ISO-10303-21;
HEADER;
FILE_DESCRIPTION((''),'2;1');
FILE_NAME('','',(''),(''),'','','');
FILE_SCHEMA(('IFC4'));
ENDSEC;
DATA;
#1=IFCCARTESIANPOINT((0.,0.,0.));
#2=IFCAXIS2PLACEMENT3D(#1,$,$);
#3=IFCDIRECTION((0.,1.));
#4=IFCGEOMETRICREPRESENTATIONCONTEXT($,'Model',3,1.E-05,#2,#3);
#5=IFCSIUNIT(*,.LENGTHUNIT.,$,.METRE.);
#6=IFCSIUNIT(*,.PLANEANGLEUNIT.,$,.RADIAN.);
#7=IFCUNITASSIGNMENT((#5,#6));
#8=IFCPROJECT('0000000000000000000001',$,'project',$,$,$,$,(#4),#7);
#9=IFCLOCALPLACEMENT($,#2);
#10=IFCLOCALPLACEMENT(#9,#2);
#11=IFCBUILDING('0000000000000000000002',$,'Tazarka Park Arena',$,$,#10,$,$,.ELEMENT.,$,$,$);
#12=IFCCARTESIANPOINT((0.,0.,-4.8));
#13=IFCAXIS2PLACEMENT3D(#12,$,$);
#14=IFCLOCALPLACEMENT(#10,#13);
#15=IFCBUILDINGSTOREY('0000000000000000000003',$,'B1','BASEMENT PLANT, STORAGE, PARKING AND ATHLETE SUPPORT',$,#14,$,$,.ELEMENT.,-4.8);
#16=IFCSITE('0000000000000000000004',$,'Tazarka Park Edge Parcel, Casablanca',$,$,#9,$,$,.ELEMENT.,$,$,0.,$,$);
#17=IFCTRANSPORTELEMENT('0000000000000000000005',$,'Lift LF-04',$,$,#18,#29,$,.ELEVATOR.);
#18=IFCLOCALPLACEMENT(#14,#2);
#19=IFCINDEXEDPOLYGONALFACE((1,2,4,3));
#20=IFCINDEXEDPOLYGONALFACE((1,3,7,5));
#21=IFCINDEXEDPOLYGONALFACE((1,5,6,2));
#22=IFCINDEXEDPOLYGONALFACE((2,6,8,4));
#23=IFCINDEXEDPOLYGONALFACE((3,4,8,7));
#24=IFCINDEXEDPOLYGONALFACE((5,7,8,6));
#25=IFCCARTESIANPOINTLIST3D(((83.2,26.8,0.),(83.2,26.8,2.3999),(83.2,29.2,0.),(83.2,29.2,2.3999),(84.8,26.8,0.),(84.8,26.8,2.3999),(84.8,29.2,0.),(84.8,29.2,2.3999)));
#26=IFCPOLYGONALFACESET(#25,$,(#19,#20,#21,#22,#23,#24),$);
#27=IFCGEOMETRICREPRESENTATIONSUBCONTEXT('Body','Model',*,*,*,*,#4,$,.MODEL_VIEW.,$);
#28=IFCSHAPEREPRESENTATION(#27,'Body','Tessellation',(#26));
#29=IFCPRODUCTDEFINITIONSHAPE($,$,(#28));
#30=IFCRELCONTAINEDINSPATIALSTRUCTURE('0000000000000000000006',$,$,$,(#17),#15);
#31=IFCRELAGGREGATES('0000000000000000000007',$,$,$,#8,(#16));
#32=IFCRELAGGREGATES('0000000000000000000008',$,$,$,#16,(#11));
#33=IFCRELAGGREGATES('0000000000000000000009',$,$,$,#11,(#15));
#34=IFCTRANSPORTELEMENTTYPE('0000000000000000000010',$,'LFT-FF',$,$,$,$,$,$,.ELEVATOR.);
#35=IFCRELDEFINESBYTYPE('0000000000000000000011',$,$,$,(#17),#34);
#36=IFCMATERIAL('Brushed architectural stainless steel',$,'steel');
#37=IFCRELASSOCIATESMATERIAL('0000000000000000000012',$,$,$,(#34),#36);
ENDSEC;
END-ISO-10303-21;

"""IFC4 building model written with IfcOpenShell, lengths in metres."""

from ifc_helpers import new_model, si_unit, direction, frame, origin, origin_2d, place, context, subcontext, project, spatial, rectangle, extrude, material, type_object, element, save


model = new_model("IFC4")

# Units and contexts
model_context = context("Model", 3, precision=1e-05, world=origin(), true_north=direction((0.0, 1.0)))
body_context = subcontext(model_context, "Body", "Model", "MODEL_VIEW")
ifc_project = project(units=[si_unit("LENGTHUNIT", "METRE"), si_unit("PLANEANGLEUNIT", "RADIAN")], contexts=[model_context])

# Site, building, storey
site_placement = place(None, origin())
site = spatial("IfcSite", under=ifc_project, at=site_placement, Name="Tazarka Park Edge Parcel, Casablanca", CompositionType="ELEMENT", RefElevation=0.0)
building_placement = place(site_placement, origin())
building = spatial("IfcBuilding", under=site, at=building_placement, Name="Tazarka Park Arena", CompositionType="ELEMENT")
storey_placement = place(building_placement, frame((0.0, 0.0, -4.8)))
storey = spatial("IfcBuildingStorey", under=building, at=storey_placement, Name="B1", Description="BASEMENT PLANT, STORAGE, PARKING AND ATHLETE SUPPORT", CompositionType="ELEMENT", Elevation=-4.8)

# Transport element
ifc_material_1 = material(Name="Brushed architectural stainless steel", Category="steel")
transport_element_type = type_object("IfcTransportElementType", Name="LFT-FF", PredefinedType="ELEVATOR", material=ifc_material_1)
transport_element_placement = place(storey_placement, frame((84.0, 28.0, 0.0), z_axis=(0.0, 0.0, 1.0), x_axis=(1.0, 0.0, 0.0)))
element("IfcTransportElement", 1, at=transport_element_placement, inside=storey, type_object=transport_element_type, Name="Lift LF-04", PredefinedType="ELEVATOR", context=body_context, shape_type="SweptSolid", body=[
    extrude(rectangle(XDim=1.6001, YDim=2.3999, at=origin_2d()), origin(), (0.0, 0.0, 1.0), 2.3999),
])

save(model, "model.ifc")
